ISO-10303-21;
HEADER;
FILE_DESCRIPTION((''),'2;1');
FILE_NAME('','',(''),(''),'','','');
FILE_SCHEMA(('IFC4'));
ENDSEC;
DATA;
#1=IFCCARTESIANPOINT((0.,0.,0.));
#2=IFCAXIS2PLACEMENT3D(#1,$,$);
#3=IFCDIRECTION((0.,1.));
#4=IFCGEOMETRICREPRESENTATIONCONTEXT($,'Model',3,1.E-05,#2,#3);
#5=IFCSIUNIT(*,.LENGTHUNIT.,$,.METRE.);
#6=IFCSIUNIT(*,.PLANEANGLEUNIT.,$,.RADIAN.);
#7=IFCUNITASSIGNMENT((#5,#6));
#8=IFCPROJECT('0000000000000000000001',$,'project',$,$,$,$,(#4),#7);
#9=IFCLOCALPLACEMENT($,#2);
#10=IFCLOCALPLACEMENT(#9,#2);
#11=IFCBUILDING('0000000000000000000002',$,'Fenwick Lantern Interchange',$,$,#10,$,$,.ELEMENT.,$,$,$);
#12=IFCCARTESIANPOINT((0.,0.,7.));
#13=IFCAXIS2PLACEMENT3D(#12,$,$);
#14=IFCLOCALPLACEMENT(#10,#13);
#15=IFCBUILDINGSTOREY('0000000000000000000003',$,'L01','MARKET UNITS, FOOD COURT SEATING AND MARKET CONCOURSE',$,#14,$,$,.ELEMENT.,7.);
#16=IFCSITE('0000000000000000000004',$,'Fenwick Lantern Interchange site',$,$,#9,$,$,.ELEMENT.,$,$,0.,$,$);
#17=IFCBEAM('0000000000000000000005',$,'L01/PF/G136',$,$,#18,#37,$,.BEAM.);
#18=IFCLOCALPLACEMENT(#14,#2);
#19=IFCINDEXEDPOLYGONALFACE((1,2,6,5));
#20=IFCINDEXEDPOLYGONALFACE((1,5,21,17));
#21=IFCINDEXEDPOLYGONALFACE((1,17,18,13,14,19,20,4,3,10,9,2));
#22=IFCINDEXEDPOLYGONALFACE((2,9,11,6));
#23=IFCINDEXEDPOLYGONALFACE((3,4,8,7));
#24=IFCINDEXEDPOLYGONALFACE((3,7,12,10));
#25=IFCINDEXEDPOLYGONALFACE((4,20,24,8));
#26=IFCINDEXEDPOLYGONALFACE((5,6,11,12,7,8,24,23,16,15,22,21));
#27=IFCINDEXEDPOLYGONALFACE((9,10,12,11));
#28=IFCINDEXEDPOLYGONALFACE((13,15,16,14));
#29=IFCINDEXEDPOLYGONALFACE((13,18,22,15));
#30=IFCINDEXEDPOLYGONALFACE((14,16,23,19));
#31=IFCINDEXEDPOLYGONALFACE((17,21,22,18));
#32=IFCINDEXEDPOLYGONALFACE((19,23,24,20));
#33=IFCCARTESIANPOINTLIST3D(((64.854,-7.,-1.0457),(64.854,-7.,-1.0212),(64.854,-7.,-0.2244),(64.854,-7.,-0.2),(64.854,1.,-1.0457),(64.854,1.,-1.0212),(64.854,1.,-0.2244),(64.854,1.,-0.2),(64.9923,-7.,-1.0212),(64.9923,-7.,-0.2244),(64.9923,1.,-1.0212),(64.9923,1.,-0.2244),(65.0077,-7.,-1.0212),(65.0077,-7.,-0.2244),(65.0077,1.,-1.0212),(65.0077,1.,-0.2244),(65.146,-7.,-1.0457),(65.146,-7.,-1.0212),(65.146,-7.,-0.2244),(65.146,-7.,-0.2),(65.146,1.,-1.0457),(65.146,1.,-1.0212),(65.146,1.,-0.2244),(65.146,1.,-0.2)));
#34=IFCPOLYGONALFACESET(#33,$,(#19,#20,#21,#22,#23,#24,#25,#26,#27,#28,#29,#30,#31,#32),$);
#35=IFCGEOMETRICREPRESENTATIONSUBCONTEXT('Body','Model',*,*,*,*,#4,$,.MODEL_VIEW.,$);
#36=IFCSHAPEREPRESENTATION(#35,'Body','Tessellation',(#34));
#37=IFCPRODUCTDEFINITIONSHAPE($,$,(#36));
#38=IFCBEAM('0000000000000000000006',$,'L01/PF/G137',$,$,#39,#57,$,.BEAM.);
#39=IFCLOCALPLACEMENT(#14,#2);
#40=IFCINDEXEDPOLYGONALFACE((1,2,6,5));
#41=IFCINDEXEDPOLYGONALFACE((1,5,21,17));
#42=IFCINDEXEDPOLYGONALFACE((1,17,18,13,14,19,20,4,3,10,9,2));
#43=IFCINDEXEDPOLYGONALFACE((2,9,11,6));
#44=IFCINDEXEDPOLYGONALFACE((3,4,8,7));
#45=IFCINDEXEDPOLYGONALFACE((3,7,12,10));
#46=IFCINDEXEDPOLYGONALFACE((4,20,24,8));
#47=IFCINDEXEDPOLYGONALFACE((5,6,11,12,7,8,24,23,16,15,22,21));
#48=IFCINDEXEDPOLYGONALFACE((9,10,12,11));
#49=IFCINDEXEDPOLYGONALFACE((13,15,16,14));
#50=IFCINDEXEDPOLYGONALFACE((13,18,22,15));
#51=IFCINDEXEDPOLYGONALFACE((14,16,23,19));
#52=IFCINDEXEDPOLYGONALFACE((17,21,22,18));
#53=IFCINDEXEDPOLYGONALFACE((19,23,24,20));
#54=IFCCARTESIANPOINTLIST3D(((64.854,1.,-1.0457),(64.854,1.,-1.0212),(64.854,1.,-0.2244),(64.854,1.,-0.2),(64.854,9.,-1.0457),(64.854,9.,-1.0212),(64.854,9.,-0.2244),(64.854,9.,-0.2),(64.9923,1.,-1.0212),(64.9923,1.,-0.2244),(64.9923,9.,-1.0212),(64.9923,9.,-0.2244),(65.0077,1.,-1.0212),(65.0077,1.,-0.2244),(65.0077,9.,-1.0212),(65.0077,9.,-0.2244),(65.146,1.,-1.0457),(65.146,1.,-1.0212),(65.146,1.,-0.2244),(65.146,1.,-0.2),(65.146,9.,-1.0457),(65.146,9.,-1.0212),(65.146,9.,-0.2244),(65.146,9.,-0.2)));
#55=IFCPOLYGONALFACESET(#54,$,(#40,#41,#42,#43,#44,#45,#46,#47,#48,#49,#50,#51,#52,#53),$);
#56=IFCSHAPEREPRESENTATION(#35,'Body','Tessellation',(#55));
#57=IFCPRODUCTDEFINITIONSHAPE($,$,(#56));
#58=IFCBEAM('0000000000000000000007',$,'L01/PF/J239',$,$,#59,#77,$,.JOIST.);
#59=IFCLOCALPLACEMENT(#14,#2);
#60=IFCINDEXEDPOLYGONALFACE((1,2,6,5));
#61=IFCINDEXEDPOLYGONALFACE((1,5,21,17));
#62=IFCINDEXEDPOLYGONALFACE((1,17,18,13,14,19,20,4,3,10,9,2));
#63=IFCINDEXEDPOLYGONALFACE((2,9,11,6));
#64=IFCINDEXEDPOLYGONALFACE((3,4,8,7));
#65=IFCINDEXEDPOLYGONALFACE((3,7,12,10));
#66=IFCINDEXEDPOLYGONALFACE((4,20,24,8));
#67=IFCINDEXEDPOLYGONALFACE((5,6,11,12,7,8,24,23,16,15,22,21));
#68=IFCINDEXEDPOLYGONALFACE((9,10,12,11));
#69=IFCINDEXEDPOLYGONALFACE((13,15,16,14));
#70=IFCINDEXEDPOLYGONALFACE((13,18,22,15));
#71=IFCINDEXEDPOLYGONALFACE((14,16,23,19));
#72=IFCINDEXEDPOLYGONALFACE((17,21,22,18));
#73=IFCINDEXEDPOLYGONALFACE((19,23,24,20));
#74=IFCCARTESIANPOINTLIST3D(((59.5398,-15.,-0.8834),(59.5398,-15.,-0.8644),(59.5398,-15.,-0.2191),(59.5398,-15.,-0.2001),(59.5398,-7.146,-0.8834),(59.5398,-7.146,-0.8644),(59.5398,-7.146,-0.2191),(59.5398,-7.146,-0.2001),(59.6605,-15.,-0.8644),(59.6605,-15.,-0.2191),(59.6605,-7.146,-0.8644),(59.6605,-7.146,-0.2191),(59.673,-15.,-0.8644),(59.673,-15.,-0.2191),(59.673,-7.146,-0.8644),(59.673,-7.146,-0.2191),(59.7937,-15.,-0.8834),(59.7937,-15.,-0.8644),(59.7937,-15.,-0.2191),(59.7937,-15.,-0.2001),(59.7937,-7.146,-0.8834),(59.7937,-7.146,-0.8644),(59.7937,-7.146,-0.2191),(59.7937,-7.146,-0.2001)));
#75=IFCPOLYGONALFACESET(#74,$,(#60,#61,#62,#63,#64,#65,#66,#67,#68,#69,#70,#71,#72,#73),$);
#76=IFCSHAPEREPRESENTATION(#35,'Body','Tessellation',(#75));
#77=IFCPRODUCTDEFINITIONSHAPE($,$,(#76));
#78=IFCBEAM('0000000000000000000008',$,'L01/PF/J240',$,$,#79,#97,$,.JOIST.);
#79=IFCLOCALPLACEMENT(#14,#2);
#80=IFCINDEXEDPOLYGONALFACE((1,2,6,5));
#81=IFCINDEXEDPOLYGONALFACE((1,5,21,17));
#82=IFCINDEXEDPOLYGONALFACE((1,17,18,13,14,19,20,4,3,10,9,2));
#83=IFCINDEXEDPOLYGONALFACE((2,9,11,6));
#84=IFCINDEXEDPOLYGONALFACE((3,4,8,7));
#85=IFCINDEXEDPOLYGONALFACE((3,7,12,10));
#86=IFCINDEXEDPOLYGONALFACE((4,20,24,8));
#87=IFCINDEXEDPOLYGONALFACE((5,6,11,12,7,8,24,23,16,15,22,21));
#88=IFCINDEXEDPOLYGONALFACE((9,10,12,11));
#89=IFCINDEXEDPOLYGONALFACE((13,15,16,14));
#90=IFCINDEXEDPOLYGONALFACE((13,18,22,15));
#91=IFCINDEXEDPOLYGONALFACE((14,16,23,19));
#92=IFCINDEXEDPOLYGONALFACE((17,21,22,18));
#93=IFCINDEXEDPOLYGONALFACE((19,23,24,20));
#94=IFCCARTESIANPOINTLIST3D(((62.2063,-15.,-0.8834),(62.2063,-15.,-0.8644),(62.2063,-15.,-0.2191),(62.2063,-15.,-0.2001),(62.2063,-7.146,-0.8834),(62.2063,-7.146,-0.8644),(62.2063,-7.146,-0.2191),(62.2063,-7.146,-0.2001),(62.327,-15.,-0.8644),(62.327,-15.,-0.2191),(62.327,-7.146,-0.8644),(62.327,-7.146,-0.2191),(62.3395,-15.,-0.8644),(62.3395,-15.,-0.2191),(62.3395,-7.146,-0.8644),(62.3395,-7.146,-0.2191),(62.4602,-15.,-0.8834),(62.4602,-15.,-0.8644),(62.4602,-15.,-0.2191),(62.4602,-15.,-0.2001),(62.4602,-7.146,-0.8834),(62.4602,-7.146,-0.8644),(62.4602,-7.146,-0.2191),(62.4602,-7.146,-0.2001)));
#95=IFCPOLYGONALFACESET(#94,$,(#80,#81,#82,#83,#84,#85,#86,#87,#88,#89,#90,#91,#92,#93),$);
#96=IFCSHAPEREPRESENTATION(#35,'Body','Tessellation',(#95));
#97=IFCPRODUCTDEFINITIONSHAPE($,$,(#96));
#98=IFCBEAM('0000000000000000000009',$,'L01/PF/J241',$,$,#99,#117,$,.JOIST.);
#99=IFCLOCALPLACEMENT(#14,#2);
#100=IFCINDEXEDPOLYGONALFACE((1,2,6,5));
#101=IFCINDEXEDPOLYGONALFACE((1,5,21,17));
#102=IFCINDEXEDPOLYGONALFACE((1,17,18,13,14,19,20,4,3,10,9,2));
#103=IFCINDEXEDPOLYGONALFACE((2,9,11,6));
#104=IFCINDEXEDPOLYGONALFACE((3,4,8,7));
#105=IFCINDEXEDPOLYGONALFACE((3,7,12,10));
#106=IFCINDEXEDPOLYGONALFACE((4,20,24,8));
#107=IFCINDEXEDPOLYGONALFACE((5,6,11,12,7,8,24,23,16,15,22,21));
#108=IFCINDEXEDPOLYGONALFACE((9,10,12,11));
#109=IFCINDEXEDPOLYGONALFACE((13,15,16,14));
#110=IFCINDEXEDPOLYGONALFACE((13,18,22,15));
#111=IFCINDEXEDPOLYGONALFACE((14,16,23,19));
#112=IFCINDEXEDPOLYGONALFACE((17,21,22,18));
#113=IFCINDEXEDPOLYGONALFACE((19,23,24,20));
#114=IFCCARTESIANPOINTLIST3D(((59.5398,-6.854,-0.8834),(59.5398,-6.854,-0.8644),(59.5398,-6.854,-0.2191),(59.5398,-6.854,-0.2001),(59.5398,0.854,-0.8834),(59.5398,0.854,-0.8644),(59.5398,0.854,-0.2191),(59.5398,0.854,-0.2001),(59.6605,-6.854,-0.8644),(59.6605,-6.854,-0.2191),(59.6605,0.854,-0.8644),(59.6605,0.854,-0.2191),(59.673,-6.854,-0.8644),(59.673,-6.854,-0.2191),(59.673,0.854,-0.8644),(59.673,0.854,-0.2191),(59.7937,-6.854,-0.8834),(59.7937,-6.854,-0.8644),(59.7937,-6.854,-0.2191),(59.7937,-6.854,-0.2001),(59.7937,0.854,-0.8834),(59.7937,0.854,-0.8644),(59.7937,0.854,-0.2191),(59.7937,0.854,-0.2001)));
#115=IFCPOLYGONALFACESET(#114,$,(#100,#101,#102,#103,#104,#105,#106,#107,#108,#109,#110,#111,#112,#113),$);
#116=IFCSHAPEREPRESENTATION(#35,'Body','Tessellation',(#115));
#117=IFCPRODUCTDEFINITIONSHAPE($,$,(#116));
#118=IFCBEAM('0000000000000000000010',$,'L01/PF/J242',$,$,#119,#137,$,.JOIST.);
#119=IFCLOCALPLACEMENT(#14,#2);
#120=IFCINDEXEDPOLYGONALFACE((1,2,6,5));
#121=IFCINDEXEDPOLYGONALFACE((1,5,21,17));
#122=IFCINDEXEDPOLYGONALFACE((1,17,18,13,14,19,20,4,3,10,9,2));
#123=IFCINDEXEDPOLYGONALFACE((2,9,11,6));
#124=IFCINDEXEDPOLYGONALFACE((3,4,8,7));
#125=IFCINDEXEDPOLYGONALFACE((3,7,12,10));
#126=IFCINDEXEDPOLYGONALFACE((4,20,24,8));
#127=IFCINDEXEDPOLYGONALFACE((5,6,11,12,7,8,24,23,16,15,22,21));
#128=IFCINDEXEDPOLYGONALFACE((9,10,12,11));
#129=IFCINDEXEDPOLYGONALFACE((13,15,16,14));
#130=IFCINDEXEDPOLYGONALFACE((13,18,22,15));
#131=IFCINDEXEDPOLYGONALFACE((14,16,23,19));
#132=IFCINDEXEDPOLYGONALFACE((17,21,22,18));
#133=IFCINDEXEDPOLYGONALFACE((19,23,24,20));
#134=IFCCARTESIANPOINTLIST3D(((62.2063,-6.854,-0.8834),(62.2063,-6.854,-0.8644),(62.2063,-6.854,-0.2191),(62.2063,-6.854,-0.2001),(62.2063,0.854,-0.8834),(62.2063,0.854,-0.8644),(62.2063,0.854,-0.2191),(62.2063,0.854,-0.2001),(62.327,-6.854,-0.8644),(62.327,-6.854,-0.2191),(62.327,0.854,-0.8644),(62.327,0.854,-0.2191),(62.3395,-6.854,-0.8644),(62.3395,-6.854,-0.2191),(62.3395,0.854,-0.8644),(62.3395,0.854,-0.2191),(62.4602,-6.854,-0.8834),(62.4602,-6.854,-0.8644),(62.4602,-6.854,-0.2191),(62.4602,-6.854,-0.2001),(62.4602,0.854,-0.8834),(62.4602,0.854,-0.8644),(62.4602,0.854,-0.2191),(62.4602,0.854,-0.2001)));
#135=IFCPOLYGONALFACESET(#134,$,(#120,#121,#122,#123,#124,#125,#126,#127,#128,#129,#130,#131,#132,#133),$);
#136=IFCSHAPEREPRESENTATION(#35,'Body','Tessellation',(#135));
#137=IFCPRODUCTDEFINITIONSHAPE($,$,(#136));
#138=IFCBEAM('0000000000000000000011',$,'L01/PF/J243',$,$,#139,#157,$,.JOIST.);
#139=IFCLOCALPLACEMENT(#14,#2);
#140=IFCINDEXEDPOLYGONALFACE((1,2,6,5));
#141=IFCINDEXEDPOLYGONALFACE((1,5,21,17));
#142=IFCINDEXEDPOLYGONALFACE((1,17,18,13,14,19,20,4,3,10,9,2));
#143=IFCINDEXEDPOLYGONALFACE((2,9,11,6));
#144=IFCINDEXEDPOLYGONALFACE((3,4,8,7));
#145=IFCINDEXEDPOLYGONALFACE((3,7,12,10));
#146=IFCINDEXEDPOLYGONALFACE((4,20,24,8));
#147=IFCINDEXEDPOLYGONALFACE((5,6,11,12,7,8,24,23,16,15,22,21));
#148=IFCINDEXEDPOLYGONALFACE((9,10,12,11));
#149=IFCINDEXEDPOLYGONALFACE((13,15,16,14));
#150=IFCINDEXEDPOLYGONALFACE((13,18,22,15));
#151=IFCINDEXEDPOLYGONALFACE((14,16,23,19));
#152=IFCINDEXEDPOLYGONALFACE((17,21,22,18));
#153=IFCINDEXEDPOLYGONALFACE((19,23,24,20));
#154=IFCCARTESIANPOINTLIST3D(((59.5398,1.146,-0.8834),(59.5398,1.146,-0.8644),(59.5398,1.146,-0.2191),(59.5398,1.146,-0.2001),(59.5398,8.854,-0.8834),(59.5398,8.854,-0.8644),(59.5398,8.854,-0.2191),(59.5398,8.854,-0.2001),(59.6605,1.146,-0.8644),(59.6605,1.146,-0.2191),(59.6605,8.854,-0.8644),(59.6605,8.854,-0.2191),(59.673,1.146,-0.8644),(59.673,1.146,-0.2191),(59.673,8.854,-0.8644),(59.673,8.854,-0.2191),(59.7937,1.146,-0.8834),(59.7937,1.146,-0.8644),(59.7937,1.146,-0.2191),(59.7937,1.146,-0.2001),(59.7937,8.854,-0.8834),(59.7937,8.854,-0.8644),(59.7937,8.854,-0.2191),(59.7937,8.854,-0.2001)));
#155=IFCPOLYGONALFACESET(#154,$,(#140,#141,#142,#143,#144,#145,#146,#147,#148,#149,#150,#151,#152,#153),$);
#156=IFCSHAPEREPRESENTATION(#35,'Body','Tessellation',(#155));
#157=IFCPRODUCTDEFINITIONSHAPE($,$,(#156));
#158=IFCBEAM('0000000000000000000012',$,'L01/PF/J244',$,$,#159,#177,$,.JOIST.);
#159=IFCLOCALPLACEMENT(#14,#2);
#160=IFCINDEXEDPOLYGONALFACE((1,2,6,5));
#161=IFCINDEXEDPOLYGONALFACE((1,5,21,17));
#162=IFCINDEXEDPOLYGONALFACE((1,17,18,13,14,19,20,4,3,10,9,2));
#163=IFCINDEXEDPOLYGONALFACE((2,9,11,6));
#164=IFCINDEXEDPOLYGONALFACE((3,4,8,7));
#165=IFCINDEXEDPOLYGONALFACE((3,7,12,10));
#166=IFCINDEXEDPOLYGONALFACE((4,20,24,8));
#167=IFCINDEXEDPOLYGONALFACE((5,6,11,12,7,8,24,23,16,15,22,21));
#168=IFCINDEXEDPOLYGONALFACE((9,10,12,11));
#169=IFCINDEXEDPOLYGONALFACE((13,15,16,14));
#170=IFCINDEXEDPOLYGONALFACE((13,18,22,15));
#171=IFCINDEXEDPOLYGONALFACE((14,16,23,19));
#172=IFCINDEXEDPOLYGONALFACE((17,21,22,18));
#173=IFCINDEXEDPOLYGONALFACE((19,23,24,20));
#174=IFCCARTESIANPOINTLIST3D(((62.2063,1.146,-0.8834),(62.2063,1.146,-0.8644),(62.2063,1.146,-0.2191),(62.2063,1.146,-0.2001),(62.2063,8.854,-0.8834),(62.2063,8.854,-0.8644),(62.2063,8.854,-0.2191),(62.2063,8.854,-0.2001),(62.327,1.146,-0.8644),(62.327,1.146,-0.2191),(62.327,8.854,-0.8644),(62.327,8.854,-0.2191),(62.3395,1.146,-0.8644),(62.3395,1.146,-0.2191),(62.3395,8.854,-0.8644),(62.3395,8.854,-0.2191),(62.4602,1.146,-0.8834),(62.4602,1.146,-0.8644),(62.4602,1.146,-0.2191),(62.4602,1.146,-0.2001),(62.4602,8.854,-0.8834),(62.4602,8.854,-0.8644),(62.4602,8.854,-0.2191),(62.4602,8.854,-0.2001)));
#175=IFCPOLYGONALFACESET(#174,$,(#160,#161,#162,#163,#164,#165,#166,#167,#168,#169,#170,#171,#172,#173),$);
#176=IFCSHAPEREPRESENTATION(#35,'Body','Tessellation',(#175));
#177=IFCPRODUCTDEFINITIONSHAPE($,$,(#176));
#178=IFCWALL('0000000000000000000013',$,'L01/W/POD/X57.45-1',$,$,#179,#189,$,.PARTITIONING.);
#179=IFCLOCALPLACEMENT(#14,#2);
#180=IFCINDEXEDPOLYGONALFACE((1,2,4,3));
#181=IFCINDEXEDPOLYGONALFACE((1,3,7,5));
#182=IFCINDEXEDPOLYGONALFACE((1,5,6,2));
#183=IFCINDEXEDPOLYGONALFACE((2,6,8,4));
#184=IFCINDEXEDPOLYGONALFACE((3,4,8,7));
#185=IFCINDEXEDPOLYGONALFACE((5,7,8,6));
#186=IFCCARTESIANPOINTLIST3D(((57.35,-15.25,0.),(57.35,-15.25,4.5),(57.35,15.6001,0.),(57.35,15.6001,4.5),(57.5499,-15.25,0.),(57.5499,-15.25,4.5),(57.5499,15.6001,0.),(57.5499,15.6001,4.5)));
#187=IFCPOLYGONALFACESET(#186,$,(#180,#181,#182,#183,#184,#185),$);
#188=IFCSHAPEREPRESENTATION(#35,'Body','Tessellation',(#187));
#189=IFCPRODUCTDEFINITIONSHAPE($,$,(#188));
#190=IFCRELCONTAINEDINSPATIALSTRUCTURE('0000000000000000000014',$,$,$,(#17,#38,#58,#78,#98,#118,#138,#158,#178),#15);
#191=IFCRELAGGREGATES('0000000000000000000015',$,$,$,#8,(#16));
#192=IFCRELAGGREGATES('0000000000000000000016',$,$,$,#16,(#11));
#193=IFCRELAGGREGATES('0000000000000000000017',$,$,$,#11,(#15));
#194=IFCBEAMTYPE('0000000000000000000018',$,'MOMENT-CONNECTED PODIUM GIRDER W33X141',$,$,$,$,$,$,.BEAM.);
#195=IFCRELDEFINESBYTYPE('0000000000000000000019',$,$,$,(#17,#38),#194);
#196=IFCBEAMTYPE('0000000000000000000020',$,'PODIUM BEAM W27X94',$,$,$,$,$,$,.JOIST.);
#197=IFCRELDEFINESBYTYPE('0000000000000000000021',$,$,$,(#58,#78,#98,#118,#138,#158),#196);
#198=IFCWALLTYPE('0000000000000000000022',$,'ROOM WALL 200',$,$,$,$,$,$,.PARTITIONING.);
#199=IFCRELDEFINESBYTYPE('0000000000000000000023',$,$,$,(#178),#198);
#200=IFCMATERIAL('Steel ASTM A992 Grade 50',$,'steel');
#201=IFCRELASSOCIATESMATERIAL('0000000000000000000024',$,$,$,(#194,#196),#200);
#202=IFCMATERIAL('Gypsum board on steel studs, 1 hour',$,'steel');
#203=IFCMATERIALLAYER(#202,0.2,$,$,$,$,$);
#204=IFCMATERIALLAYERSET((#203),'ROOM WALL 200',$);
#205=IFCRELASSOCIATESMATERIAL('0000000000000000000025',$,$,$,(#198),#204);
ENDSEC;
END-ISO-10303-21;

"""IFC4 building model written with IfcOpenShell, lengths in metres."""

from ifc_helpers import new_model, si_unit, direction, frame, frame_2d, origin, origin_2d, place, context, subcontext, project, spatial, rectangle, i_section, extrude, material, layer, layer_set, material_profile, profile_set, type_object, element, save


model = new_model("IFC4")

# Units and contexts
model_context = context("Model", 3, precision=1e-05, world=origin(), true_north=direction((0.0, 1.0)))
body_context = subcontext(model_context, "Body", "Model", "MODEL_VIEW")
ifc_project = project(units=[si_unit("LENGTHUNIT", "METRE"), si_unit("PLANEANGLEUNIT", "RADIAN")], contexts=[model_context])

# Site, building, storey
site_placement = place(None, origin())
site = spatial("IfcSite", under=ifc_project, at=site_placement, Name="Fenwick Lantern Interchange site", CompositionType="ELEMENT", RefElevation=0.0)
building_placement = place(site_placement, origin())
building = spatial("IfcBuilding", under=site, at=building_placement, Name="Fenwick Lantern Interchange", CompositionType="ELEMENT")
storey_placement = place(building_placement, frame((0.0, 0.0, 7.0)))
storey = spatial("IfcBuildingStorey", under=building, at=storey_placement, Name="L01", Description="MARKET UNITS, FOOD COURT SEATING AND MARKET CONCOURSE", CompositionType="ELEMENT", Elevation=7.0)

# Shared definitions
ifc_material_1 = material(Name="Steel ASTM A992 Grade 50", Category="steel")

# Beams
ifc_material_profile_1 = material_profile(ifc_material_1, i_section(OverallWidth=0.292, OverallDepth=0.8457, WebThickness=0.0154, FlangeThickness=0.0244, at=origin_2d()), Name="W33X141")
ifc_profile_set_1 = profile_set([ifc_material_profile_1], Name="Steel ASTM A992 Grade 50")
beam_type_1 = type_object("IfcBeamType", Name="MOMENT-CONNECTED PODIUM GIRDER W33X141", PredefinedType="BEAM", material=ifc_profile_set_1)
for number, where, z_axis, x_axis, name in (
    (1, (65.0, -7.0, -0.6228), (0.0, 1.0, 0.0), (-1.0, 0.0, 0.0), "L01/PF/G136"),
    (2, (65.0, 1.0, -0.6228), (0.0, 1.0, 0.0), (-1.0, 0.0, 0.0), "L01/PF/G137"),
):
    element("IfcBeam", number, at=place(storey_placement, frame(where, z_axis=z_axis, x_axis=x_axis)), inside=storey, type_object=beam_type_1, Name=name, PredefinedType="BEAM", context=body_context, shape_type="SweptSolid", body=[
        extrude(i_section(OverallWidth=0.292, OverallDepth=0.8457, WebThickness=0.0154, FlangeThickness=0.0244, at=origin_2d()), origin(), (0.0, 0.0, 1.0), 8.0),
    ])
ifc_material_profile_2 = material_profile(ifc_material_1, i_section(OverallWidth=0.2539, OverallDepth=0.6833, WebThickness=0.0125, FlangeThickness=0.019, at=origin_2d()), Name="W27X94")
ifc_profile_set_2 = profile_set([ifc_material_profile_2], Name="Steel ASTM A992 Grade 50")
beam_type_2 = type_object("IfcBeamType", Name="PODIUM BEAM W27X94", PredefinedType="JOIST", material=ifc_profile_set_2)
for number, where, z_axis, x_axis, name in (
    (3, (59.6667, -15.0, -0.5417), (0.0, 1.0, 0.0), (-1.0, 0.0, 0.0), "L01/PF/J239"),
    (4, (62.3333, -15.0, -0.5417), (0.0, 1.0, 0.0), (-1.0, 0.0, 0.0), "L01/PF/J240"),
):
    element("IfcBeam", number, at=place(storey_placement, frame(where, z_axis=z_axis, x_axis=x_axis)), inside=storey, type_object=beam_type_2, Name=name, PredefinedType="JOIST", context=body_context, shape_type="SweptSolid", body=[
        extrude(i_section(OverallWidth=0.2539, OverallDepth=0.6833, WebThickness=0.0125, FlangeThickness=0.019, at=origin_2d()), origin(), (0.0, 0.0, 1.0), 7.854),
    ])
for number, where, z_axis, x_axis, name in (
    (5, (59.6667, -6.854, -0.5417), (0.0, 1.0, 0.0), (-1.0, 0.0, 0.0), "L01/PF/J241"),
    (6, (62.3333, -6.854, -0.5417), (0.0, 1.0, 0.0), (-1.0, 0.0, 0.0), "L01/PF/J242"),
    (7, (59.6667, 1.146, -0.5417), (0.0, 1.0, 0.0), (-1.0, 0.0, 0.0), "L01/PF/J243"),
    (8, (62.3333, 1.146, -0.5417), (0.0, 1.0, 0.0), (-1.0, 0.0, 0.0), "L01/PF/J244"),
):
    element("IfcBeam", number, at=place(storey_placement, frame(where, z_axis=z_axis, x_axis=x_axis)), inside=storey, type_object=beam_type_2, Name=name, PredefinedType="JOIST", context=body_context, shape_type="SweptSolid", body=[
        extrude(i_section(OverallWidth=0.2539, OverallDepth=0.6833, WebThickness=0.0125, FlangeThickness=0.019, at=origin_2d()), origin(), (0.0, 0.0, 1.0), 7.708),
    ])

# Wall
ifc_material_2 = material(Name="Gypsum board on steel studs, 1 hour", Category="steel")
ifc_layer_1 = layer(ifc_material_2, 0.2)
ifc_layer_set_1 = layer_set([ifc_layer_1], Name="ROOM WALL 200")
wall_type_1 = type_object("IfcWallType", Name="ROOM WALL 200", PredefinedType="PARTITIONING", material=ifc_layer_set_1)
wall_1_placement = place(storey_placement, frame((57.45, -15.25, 0.0), z_axis=(0.0, 0.0, 1.0), x_axis=(0.0, 1.0, 0.0)))
element("IfcWall", 9, at=wall_1_placement, inside=storey, type_object=wall_type_1, Name="L01/W/POD/X57.45-1", PredefinedType="PARTITIONING", context=body_context, shape_type="SweptSolid", body=[
    extrude(rectangle(XDim=30.8501, YDim=0.2, at=frame_2d((15.425, 0.0))), origin(), (0.0, 0.0, 1.0), 4.5),
])

save(model, "model.ifc")
